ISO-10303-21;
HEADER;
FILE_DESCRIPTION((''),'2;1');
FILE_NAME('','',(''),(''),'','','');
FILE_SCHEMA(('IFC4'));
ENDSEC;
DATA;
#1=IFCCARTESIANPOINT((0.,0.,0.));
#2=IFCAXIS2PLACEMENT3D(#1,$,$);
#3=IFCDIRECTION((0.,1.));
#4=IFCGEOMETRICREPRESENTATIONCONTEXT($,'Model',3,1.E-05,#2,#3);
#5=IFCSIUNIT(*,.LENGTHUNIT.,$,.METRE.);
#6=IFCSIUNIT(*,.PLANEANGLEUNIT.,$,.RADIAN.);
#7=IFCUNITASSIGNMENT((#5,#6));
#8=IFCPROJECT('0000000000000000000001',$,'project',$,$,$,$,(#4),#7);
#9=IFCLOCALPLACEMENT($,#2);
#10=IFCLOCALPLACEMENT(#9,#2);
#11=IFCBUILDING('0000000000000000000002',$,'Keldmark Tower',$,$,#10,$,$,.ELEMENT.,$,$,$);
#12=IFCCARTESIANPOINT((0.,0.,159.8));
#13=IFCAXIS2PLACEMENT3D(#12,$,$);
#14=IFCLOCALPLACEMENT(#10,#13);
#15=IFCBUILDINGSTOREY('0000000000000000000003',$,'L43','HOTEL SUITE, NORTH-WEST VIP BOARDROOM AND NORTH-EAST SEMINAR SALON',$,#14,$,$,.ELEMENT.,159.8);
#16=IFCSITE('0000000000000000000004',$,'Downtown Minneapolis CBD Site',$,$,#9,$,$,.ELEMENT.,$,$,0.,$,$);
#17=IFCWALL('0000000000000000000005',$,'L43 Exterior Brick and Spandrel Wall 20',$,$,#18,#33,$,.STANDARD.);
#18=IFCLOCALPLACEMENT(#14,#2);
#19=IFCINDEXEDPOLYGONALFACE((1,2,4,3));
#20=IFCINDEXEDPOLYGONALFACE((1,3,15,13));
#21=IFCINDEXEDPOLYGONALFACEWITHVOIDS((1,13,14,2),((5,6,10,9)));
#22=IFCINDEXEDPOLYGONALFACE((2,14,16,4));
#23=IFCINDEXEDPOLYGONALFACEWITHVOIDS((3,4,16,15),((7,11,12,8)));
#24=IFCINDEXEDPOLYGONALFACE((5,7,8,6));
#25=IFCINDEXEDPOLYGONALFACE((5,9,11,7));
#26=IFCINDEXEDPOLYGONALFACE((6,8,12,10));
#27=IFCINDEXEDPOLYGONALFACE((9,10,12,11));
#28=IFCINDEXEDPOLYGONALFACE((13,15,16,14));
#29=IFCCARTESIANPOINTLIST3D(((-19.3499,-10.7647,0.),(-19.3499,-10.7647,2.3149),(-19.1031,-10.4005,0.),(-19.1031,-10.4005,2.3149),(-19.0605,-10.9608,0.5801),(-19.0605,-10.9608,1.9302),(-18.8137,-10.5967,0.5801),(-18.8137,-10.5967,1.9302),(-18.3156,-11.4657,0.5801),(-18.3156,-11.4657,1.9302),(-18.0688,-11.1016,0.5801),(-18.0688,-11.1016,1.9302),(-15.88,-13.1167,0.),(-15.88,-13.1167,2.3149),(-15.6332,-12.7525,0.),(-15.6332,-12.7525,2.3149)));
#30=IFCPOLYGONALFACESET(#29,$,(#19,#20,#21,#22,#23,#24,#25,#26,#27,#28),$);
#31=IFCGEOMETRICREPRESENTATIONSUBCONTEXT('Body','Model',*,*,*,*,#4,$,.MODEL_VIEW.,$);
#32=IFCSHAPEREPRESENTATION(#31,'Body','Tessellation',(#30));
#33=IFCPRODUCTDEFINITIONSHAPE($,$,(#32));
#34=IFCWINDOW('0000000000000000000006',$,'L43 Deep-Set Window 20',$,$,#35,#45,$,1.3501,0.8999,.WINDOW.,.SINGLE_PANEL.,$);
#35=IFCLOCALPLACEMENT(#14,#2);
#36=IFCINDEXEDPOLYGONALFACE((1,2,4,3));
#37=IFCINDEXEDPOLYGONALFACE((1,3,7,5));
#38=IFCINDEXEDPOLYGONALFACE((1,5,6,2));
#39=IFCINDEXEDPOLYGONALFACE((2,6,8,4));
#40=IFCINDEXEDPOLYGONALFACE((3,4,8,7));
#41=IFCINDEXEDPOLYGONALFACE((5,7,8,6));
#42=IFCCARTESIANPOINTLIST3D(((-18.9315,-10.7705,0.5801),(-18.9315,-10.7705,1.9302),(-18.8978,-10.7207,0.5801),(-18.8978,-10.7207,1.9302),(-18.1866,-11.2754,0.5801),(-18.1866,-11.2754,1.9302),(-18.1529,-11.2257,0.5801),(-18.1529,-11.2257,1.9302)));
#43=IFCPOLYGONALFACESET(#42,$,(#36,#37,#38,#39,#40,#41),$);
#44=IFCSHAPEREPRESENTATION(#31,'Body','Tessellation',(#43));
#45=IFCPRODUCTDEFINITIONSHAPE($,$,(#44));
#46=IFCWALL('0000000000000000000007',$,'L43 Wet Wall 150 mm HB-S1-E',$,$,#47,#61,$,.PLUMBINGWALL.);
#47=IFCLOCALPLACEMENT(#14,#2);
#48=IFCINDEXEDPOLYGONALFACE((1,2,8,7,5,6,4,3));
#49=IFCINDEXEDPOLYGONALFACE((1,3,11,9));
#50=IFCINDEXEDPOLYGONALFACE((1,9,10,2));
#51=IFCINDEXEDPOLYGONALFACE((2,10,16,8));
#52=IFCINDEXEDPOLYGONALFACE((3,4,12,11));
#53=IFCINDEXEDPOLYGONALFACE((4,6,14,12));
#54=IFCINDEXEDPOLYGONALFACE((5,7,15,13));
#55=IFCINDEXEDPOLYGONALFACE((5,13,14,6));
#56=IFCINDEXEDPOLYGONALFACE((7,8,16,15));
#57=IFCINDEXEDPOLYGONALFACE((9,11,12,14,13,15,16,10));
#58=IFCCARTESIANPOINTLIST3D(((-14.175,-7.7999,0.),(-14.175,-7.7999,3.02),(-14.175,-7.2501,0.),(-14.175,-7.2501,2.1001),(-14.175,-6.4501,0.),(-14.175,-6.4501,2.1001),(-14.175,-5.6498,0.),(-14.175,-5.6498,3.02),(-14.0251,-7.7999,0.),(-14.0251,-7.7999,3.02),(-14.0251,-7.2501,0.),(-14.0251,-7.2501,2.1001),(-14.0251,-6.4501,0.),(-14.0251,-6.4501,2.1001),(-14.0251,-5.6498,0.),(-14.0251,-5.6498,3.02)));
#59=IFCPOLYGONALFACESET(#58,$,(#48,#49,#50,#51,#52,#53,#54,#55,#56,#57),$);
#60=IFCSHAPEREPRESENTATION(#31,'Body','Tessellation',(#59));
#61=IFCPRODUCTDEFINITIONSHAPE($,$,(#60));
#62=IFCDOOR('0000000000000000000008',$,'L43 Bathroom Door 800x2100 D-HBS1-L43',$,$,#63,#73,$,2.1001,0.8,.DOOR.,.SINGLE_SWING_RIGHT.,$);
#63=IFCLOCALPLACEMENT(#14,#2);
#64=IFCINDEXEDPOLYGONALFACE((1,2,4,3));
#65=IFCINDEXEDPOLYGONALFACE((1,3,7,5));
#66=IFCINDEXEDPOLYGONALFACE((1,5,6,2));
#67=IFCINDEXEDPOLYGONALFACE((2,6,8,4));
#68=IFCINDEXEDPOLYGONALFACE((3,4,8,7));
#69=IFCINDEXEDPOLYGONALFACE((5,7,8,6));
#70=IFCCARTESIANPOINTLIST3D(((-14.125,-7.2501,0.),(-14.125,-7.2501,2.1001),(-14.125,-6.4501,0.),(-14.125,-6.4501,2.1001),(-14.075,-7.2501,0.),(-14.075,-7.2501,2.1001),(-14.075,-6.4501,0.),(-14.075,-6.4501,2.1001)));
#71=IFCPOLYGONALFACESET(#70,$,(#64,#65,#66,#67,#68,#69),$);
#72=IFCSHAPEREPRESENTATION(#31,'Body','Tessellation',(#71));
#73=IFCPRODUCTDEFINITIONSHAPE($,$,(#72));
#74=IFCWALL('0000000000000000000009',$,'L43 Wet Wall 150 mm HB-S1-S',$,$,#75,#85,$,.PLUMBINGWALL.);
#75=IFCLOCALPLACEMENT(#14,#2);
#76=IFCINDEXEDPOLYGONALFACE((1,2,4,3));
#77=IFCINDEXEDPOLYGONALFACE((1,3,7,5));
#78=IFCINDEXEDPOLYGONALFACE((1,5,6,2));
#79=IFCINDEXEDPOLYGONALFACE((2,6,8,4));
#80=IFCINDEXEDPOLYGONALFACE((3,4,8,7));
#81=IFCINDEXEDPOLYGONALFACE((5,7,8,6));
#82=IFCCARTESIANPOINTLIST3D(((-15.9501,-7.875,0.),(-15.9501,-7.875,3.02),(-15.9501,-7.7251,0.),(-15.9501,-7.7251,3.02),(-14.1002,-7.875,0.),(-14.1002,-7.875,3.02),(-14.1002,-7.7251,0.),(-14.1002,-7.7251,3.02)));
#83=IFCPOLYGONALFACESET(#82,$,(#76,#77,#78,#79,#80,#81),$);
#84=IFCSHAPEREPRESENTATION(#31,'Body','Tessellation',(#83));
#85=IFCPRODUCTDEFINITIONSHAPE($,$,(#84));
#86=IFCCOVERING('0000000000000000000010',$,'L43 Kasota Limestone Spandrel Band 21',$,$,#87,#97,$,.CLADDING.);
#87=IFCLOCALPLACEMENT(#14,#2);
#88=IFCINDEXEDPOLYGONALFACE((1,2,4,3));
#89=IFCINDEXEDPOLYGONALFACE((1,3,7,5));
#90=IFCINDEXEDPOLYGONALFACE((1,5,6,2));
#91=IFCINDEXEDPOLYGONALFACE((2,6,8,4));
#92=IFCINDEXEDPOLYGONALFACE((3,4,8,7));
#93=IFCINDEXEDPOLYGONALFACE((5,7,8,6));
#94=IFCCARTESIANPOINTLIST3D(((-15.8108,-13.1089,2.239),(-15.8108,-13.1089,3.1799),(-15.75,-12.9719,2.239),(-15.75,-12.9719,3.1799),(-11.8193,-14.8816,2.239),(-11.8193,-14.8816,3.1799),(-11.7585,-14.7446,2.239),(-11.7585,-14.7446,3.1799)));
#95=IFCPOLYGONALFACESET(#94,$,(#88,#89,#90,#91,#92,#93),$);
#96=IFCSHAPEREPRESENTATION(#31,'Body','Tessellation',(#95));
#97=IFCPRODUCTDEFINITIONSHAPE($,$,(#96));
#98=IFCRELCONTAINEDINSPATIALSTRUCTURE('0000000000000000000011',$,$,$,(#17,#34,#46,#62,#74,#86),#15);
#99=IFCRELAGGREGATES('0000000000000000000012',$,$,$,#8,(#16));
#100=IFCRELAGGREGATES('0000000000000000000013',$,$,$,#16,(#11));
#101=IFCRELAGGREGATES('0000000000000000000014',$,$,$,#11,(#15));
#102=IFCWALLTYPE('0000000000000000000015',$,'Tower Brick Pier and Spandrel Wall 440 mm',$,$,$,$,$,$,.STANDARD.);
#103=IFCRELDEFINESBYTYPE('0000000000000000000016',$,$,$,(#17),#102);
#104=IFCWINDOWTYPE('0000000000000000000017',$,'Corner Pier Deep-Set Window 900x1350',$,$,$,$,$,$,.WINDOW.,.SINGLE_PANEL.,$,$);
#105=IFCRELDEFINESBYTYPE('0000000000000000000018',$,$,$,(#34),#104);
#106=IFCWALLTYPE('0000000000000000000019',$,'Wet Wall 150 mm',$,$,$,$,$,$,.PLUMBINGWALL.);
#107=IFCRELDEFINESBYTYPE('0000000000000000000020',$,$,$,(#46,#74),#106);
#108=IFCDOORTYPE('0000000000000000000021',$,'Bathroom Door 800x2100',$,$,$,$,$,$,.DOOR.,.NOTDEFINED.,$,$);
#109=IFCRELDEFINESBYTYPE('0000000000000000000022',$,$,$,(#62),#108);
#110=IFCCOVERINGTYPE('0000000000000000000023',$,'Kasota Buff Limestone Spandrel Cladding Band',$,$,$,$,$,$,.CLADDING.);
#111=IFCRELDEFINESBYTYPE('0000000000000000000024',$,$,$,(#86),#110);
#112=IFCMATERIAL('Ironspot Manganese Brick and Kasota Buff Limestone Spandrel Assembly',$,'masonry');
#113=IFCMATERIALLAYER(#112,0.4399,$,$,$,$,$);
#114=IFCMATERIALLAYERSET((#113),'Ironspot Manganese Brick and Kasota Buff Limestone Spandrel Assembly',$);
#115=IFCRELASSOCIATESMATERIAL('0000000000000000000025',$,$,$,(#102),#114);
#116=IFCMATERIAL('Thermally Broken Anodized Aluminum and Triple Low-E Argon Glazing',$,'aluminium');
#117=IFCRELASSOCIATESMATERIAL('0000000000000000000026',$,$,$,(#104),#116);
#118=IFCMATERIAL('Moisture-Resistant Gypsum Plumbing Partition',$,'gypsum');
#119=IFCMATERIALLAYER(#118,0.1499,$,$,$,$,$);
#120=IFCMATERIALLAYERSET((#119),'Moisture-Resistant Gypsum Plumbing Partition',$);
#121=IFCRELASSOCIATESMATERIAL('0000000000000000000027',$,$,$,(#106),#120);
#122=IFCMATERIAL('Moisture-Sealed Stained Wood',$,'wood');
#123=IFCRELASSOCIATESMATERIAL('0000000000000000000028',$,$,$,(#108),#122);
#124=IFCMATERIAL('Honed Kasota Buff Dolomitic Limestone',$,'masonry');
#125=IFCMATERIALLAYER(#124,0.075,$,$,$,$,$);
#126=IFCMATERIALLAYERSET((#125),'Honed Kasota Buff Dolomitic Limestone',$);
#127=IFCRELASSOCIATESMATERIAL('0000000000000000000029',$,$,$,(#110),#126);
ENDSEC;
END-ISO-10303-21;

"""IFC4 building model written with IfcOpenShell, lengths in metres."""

from ifc_helpers import new_model, si_unit, direction, frame, frame_2d, origin, origin_2d, place, context, subcontext, project, spatial, rectangle, extrude, material, layer, layer_set, type_object, element, fill, save


model = new_model("IFC4")

# Units and contexts
model_context = context("Model", 3, precision=1e-05, world=origin(), true_north=direction((0.0, 1.0)))
body_context = subcontext(model_context, "Body", "Model", "MODEL_VIEW")
ifc_project = project(units=[si_unit("LENGTHUNIT", "METRE"), si_unit("PLANEANGLEUNIT", "RADIAN")], contexts=[model_context])

# Site, building, storey
site_placement = place(None, origin())
site = spatial("IfcSite", under=ifc_project, at=site_placement, Name="Downtown Minneapolis CBD Site", CompositionType="ELEMENT", RefElevation=0.0)
building_placement = place(site_placement, origin())
building = spatial("IfcBuilding", under=site, at=building_placement, Name="Keldmark Tower", CompositionType="ELEMENT")
storey_placement = place(building_placement, frame((0.0, 0.0, 159.8)))
storey = spatial("IfcBuildingStorey", under=building, at=storey_placement, Name="L43", Description="HOTEL SUITE, NORTH-WEST VIP BOARDROOM AND NORTH-EAST SEMINAR SALON", CompositionType="ELEMENT", Elevation=159.8)

# Wall, opening, window
ifc_material_1 = material(Name="Ironspot Manganese Brick and Kasota Buff Limestone Spandrel Assembly", Category="masonry")
ifc_layer_1 = layer(ifc_material_1, 0.4399)
ifc_layer_set_1 = layer_set([ifc_layer_1], Name="Ironspot Manganese Brick and Kasota Buff Limestone Spandrel Assembly")
wall_type_1 = type_object("IfcWallType", Name="Tower Brick Pier and Spandrel Wall 440 mm", PredefinedType="STANDARD", material=ifc_layer_set_1)
wall_1_placement = place(storey_placement, frame((-15.7566, -12.9346, 0.0), z_axis=(0.0, 0.0, 1.0), x_axis=(-0.827761, 0.561081, 0.0)))
wall_1 = element("IfcWall", 1, at=wall_1_placement, inside=storey, type_object=wall_type_1, Name="L43 Exterior Brick and Spandrel Wall 20", PredefinedType="STANDARD", context=body_context, shape_type="SweptSolid", body=[
    extrude(rectangle(XDim=4.1919, YDim=0.4399, at=frame_2d((2.0959, 0.0))), origin(), (0.0, 0.0, 1.0), 2.3149),
])
opening_1_placement = place(wall_1_placement, frame((2.9424, 0.0, 0.5801)))
opening_1 = element("IfcOpeningElement", 2, at=opening_1_placement, cuts=wall_1, PredefinedType="OPENING", context=body_context, shape_type="SweptSolid", body=[
    extrude(rectangle(XDim=0.8999, YDim=1.3501, at=frame_2d((0.45, 0.675))), frame((0.0, 0.23, 0.0), z_axis=(0.0, -1.0, 0.0), x_axis=(1.0, 0.0, 0.0)), (0.0, 0.0, 1.0), 0.46),
])
ifc_material_2 = material(Name="Thermally Broken Anodized Aluminum and Triple Low-E Argon Glazing", Category="aluminium")
window_type = type_object("IfcWindowType", Name="Corner Pier Deep-Set Window 900x1350", PartitioningType="SINGLE_PANEL", PredefinedType="WINDOW", material=ifc_material_2)
window_placement = place(opening_1_placement, origin())
window = element("IfcWindow", 3, at=window_placement, inside=storey, type_object=window_type, Name="L43 Deep-Set Window 20", OverallHeight=1.3501, OverallWidth=0.8999, PartitioningType="SINGLE_PANEL", PredefinedType="WINDOW", context=body_context, shape_type="SweptSolid", body=[
    extrude(rectangle(XDim=0.8999, YDim=1.3501, at=frame_2d((0.45, 0.675))), frame((0.0, -0.01, 0.0), z_axis=(0.0, -1.0, 0.0), x_axis=(1.0, 0.0, 0.0)), (0.0, 0.0, 1.0), 0.0601),
])
fill(opening_1, window)

# Wall, opening, door
ifc_material_3 = material(Name="Moisture-Resistant Gypsum Plumbing Partition", Category="gypsum")
ifc_layer_2 = layer(ifc_material_3, 0.1499)
ifc_layer_set_2 = layer_set([ifc_layer_2], Name="Moisture-Resistant Gypsum Plumbing Partition")
wall_type_2 = type_object("IfcWallType", Name="Wet Wall 150 mm", PredefinedType="PLUMBINGWALL", material=ifc_layer_set_2)
wall_2_placement = place(storey_placement, frame((-14.1001, -7.8, 0.0), z_axis=(0.0, 0.0, 1.0), x_axis=(0.0, 1.0, 0.0)))
wall_2 = element("IfcWall", 4, at=wall_2_placement, inside=storey, type_object=wall_type_2, Name="L43 Wet Wall 150 mm HB-S1-E", PredefinedType="PLUMBINGWALL", context=body_context, shape_type="SweptSolid", body=[
    extrude(rectangle(XDim=2.1501, YDim=0.1499, at=frame_2d((1.0752, 0.0))), origin(), (0.0, 0.0, 1.0), 3.02),
])
opening_2_placement = place(wall_2_placement, frame((0.55, 0.0, 0.0)))
opening_2 = element("IfcOpeningElement", 5, at=opening_2_placement, cuts=wall_2, PredefinedType="OPENING", context=body_context, shape_type="SweptSolid", body=[
    extrude(rectangle(XDim=0.8, YDim=2.1001, at=frame_2d((0.3999, 1.05))), frame((0.0, 0.085, 0.0), z_axis=(0.0, -1.0, 0.0), x_axis=(1.0, 0.0, 0.0)), (0.0, 0.0, 1.0), 0.1699),
])
ifc_material_4 = material(Name="Moisture-Sealed Stained Wood", Category="wood")
door_type_1 = type_object("IfcDoorType", Name="Bathroom Door 800x2100", OperationType="NOTDEFINED", PredefinedType="DOOR", material=ifc_material_4)
door_1_placement = place(opening_2_placement, origin())
door_1 = element("IfcDoor", 6, at=door_1_placement, inside=storey, type_object=door_type_1, Name="L43 Bathroom Door 800x2100 D-HBS1-L43", OperationType="SINGLE_SWING_RIGHT", OverallHeight=2.1001, OverallWidth=0.8, PredefinedType="DOOR", context=body_context, shape_type="SweptSolid", body=[
    extrude(rectangle(XDim=0.8, YDim=2.1001, at=frame_2d((0.3999, 1.05))), frame((0.0, 0.0249, 0.0), z_axis=(0.0, -1.0, 0.0), x_axis=(1.0, 0.0, 0.0)), (0.0, 0.0, 1.0), 0.05),
])
fill(opening_2, door_1)

# Wall
wall_3_placement = place(storey_placement, frame((-15.95, -7.8, 0.0), z_axis=(0.0, 0.0, 1.0), x_axis=(1.0, 0.0, 0.0)))
element("IfcWall", 7, at=wall_3_placement, inside=storey, type_object=wall_type_2, Name="L43 Wet Wall 150 mm HB-S1-S", PredefinedType="PLUMBINGWALL", context=body_context, shape_type="SweptSolid", body=[
    extrude(rectangle(XDim=1.8499, YDim=0.1499, at=frame_2d((0.9248, 0.0))), origin(), (0.0, 0.0, 1.0), 3.02),
])

# Covering
ifc_material_5 = material(Name="Honed Kasota Buff Dolomitic Limestone", Category="masonry")
ifc_layer_3 = layer(ifc_material_5, 0.075)
ifc_layer_set_3 = layer_set([ifc_layer_3], Name="Honed Kasota Buff Dolomitic Limestone")
covering_type = type_object("IfcCoveringType", Name="Kasota Buff Limestone Spandrel Cladding Band", PredefinedType="CLADDING", material=ifc_layer_set_3)
covering_placement = place(storey_placement, frame((-13.7847, -13.9268, 2.239), z_axis=(0.0, 0.0, 1.0), x_axis=(0.913921, -0.405891, 0.0)))
element("IfcCovering", 8, at=covering_placement, inside=storey, type_object=covering_type, Name="L43 Kasota Limestone Spandrel Band 21", PredefinedType="CLADDING", context=body_context, shape_type="SweptSolid", body=[
    extrude(rectangle(XDim=4.3674, YDim=0.1499, at=origin_2d()), origin(), (0.0, 0.0, 1.0), 0.9409),
])

save(model, "model.ifc")
